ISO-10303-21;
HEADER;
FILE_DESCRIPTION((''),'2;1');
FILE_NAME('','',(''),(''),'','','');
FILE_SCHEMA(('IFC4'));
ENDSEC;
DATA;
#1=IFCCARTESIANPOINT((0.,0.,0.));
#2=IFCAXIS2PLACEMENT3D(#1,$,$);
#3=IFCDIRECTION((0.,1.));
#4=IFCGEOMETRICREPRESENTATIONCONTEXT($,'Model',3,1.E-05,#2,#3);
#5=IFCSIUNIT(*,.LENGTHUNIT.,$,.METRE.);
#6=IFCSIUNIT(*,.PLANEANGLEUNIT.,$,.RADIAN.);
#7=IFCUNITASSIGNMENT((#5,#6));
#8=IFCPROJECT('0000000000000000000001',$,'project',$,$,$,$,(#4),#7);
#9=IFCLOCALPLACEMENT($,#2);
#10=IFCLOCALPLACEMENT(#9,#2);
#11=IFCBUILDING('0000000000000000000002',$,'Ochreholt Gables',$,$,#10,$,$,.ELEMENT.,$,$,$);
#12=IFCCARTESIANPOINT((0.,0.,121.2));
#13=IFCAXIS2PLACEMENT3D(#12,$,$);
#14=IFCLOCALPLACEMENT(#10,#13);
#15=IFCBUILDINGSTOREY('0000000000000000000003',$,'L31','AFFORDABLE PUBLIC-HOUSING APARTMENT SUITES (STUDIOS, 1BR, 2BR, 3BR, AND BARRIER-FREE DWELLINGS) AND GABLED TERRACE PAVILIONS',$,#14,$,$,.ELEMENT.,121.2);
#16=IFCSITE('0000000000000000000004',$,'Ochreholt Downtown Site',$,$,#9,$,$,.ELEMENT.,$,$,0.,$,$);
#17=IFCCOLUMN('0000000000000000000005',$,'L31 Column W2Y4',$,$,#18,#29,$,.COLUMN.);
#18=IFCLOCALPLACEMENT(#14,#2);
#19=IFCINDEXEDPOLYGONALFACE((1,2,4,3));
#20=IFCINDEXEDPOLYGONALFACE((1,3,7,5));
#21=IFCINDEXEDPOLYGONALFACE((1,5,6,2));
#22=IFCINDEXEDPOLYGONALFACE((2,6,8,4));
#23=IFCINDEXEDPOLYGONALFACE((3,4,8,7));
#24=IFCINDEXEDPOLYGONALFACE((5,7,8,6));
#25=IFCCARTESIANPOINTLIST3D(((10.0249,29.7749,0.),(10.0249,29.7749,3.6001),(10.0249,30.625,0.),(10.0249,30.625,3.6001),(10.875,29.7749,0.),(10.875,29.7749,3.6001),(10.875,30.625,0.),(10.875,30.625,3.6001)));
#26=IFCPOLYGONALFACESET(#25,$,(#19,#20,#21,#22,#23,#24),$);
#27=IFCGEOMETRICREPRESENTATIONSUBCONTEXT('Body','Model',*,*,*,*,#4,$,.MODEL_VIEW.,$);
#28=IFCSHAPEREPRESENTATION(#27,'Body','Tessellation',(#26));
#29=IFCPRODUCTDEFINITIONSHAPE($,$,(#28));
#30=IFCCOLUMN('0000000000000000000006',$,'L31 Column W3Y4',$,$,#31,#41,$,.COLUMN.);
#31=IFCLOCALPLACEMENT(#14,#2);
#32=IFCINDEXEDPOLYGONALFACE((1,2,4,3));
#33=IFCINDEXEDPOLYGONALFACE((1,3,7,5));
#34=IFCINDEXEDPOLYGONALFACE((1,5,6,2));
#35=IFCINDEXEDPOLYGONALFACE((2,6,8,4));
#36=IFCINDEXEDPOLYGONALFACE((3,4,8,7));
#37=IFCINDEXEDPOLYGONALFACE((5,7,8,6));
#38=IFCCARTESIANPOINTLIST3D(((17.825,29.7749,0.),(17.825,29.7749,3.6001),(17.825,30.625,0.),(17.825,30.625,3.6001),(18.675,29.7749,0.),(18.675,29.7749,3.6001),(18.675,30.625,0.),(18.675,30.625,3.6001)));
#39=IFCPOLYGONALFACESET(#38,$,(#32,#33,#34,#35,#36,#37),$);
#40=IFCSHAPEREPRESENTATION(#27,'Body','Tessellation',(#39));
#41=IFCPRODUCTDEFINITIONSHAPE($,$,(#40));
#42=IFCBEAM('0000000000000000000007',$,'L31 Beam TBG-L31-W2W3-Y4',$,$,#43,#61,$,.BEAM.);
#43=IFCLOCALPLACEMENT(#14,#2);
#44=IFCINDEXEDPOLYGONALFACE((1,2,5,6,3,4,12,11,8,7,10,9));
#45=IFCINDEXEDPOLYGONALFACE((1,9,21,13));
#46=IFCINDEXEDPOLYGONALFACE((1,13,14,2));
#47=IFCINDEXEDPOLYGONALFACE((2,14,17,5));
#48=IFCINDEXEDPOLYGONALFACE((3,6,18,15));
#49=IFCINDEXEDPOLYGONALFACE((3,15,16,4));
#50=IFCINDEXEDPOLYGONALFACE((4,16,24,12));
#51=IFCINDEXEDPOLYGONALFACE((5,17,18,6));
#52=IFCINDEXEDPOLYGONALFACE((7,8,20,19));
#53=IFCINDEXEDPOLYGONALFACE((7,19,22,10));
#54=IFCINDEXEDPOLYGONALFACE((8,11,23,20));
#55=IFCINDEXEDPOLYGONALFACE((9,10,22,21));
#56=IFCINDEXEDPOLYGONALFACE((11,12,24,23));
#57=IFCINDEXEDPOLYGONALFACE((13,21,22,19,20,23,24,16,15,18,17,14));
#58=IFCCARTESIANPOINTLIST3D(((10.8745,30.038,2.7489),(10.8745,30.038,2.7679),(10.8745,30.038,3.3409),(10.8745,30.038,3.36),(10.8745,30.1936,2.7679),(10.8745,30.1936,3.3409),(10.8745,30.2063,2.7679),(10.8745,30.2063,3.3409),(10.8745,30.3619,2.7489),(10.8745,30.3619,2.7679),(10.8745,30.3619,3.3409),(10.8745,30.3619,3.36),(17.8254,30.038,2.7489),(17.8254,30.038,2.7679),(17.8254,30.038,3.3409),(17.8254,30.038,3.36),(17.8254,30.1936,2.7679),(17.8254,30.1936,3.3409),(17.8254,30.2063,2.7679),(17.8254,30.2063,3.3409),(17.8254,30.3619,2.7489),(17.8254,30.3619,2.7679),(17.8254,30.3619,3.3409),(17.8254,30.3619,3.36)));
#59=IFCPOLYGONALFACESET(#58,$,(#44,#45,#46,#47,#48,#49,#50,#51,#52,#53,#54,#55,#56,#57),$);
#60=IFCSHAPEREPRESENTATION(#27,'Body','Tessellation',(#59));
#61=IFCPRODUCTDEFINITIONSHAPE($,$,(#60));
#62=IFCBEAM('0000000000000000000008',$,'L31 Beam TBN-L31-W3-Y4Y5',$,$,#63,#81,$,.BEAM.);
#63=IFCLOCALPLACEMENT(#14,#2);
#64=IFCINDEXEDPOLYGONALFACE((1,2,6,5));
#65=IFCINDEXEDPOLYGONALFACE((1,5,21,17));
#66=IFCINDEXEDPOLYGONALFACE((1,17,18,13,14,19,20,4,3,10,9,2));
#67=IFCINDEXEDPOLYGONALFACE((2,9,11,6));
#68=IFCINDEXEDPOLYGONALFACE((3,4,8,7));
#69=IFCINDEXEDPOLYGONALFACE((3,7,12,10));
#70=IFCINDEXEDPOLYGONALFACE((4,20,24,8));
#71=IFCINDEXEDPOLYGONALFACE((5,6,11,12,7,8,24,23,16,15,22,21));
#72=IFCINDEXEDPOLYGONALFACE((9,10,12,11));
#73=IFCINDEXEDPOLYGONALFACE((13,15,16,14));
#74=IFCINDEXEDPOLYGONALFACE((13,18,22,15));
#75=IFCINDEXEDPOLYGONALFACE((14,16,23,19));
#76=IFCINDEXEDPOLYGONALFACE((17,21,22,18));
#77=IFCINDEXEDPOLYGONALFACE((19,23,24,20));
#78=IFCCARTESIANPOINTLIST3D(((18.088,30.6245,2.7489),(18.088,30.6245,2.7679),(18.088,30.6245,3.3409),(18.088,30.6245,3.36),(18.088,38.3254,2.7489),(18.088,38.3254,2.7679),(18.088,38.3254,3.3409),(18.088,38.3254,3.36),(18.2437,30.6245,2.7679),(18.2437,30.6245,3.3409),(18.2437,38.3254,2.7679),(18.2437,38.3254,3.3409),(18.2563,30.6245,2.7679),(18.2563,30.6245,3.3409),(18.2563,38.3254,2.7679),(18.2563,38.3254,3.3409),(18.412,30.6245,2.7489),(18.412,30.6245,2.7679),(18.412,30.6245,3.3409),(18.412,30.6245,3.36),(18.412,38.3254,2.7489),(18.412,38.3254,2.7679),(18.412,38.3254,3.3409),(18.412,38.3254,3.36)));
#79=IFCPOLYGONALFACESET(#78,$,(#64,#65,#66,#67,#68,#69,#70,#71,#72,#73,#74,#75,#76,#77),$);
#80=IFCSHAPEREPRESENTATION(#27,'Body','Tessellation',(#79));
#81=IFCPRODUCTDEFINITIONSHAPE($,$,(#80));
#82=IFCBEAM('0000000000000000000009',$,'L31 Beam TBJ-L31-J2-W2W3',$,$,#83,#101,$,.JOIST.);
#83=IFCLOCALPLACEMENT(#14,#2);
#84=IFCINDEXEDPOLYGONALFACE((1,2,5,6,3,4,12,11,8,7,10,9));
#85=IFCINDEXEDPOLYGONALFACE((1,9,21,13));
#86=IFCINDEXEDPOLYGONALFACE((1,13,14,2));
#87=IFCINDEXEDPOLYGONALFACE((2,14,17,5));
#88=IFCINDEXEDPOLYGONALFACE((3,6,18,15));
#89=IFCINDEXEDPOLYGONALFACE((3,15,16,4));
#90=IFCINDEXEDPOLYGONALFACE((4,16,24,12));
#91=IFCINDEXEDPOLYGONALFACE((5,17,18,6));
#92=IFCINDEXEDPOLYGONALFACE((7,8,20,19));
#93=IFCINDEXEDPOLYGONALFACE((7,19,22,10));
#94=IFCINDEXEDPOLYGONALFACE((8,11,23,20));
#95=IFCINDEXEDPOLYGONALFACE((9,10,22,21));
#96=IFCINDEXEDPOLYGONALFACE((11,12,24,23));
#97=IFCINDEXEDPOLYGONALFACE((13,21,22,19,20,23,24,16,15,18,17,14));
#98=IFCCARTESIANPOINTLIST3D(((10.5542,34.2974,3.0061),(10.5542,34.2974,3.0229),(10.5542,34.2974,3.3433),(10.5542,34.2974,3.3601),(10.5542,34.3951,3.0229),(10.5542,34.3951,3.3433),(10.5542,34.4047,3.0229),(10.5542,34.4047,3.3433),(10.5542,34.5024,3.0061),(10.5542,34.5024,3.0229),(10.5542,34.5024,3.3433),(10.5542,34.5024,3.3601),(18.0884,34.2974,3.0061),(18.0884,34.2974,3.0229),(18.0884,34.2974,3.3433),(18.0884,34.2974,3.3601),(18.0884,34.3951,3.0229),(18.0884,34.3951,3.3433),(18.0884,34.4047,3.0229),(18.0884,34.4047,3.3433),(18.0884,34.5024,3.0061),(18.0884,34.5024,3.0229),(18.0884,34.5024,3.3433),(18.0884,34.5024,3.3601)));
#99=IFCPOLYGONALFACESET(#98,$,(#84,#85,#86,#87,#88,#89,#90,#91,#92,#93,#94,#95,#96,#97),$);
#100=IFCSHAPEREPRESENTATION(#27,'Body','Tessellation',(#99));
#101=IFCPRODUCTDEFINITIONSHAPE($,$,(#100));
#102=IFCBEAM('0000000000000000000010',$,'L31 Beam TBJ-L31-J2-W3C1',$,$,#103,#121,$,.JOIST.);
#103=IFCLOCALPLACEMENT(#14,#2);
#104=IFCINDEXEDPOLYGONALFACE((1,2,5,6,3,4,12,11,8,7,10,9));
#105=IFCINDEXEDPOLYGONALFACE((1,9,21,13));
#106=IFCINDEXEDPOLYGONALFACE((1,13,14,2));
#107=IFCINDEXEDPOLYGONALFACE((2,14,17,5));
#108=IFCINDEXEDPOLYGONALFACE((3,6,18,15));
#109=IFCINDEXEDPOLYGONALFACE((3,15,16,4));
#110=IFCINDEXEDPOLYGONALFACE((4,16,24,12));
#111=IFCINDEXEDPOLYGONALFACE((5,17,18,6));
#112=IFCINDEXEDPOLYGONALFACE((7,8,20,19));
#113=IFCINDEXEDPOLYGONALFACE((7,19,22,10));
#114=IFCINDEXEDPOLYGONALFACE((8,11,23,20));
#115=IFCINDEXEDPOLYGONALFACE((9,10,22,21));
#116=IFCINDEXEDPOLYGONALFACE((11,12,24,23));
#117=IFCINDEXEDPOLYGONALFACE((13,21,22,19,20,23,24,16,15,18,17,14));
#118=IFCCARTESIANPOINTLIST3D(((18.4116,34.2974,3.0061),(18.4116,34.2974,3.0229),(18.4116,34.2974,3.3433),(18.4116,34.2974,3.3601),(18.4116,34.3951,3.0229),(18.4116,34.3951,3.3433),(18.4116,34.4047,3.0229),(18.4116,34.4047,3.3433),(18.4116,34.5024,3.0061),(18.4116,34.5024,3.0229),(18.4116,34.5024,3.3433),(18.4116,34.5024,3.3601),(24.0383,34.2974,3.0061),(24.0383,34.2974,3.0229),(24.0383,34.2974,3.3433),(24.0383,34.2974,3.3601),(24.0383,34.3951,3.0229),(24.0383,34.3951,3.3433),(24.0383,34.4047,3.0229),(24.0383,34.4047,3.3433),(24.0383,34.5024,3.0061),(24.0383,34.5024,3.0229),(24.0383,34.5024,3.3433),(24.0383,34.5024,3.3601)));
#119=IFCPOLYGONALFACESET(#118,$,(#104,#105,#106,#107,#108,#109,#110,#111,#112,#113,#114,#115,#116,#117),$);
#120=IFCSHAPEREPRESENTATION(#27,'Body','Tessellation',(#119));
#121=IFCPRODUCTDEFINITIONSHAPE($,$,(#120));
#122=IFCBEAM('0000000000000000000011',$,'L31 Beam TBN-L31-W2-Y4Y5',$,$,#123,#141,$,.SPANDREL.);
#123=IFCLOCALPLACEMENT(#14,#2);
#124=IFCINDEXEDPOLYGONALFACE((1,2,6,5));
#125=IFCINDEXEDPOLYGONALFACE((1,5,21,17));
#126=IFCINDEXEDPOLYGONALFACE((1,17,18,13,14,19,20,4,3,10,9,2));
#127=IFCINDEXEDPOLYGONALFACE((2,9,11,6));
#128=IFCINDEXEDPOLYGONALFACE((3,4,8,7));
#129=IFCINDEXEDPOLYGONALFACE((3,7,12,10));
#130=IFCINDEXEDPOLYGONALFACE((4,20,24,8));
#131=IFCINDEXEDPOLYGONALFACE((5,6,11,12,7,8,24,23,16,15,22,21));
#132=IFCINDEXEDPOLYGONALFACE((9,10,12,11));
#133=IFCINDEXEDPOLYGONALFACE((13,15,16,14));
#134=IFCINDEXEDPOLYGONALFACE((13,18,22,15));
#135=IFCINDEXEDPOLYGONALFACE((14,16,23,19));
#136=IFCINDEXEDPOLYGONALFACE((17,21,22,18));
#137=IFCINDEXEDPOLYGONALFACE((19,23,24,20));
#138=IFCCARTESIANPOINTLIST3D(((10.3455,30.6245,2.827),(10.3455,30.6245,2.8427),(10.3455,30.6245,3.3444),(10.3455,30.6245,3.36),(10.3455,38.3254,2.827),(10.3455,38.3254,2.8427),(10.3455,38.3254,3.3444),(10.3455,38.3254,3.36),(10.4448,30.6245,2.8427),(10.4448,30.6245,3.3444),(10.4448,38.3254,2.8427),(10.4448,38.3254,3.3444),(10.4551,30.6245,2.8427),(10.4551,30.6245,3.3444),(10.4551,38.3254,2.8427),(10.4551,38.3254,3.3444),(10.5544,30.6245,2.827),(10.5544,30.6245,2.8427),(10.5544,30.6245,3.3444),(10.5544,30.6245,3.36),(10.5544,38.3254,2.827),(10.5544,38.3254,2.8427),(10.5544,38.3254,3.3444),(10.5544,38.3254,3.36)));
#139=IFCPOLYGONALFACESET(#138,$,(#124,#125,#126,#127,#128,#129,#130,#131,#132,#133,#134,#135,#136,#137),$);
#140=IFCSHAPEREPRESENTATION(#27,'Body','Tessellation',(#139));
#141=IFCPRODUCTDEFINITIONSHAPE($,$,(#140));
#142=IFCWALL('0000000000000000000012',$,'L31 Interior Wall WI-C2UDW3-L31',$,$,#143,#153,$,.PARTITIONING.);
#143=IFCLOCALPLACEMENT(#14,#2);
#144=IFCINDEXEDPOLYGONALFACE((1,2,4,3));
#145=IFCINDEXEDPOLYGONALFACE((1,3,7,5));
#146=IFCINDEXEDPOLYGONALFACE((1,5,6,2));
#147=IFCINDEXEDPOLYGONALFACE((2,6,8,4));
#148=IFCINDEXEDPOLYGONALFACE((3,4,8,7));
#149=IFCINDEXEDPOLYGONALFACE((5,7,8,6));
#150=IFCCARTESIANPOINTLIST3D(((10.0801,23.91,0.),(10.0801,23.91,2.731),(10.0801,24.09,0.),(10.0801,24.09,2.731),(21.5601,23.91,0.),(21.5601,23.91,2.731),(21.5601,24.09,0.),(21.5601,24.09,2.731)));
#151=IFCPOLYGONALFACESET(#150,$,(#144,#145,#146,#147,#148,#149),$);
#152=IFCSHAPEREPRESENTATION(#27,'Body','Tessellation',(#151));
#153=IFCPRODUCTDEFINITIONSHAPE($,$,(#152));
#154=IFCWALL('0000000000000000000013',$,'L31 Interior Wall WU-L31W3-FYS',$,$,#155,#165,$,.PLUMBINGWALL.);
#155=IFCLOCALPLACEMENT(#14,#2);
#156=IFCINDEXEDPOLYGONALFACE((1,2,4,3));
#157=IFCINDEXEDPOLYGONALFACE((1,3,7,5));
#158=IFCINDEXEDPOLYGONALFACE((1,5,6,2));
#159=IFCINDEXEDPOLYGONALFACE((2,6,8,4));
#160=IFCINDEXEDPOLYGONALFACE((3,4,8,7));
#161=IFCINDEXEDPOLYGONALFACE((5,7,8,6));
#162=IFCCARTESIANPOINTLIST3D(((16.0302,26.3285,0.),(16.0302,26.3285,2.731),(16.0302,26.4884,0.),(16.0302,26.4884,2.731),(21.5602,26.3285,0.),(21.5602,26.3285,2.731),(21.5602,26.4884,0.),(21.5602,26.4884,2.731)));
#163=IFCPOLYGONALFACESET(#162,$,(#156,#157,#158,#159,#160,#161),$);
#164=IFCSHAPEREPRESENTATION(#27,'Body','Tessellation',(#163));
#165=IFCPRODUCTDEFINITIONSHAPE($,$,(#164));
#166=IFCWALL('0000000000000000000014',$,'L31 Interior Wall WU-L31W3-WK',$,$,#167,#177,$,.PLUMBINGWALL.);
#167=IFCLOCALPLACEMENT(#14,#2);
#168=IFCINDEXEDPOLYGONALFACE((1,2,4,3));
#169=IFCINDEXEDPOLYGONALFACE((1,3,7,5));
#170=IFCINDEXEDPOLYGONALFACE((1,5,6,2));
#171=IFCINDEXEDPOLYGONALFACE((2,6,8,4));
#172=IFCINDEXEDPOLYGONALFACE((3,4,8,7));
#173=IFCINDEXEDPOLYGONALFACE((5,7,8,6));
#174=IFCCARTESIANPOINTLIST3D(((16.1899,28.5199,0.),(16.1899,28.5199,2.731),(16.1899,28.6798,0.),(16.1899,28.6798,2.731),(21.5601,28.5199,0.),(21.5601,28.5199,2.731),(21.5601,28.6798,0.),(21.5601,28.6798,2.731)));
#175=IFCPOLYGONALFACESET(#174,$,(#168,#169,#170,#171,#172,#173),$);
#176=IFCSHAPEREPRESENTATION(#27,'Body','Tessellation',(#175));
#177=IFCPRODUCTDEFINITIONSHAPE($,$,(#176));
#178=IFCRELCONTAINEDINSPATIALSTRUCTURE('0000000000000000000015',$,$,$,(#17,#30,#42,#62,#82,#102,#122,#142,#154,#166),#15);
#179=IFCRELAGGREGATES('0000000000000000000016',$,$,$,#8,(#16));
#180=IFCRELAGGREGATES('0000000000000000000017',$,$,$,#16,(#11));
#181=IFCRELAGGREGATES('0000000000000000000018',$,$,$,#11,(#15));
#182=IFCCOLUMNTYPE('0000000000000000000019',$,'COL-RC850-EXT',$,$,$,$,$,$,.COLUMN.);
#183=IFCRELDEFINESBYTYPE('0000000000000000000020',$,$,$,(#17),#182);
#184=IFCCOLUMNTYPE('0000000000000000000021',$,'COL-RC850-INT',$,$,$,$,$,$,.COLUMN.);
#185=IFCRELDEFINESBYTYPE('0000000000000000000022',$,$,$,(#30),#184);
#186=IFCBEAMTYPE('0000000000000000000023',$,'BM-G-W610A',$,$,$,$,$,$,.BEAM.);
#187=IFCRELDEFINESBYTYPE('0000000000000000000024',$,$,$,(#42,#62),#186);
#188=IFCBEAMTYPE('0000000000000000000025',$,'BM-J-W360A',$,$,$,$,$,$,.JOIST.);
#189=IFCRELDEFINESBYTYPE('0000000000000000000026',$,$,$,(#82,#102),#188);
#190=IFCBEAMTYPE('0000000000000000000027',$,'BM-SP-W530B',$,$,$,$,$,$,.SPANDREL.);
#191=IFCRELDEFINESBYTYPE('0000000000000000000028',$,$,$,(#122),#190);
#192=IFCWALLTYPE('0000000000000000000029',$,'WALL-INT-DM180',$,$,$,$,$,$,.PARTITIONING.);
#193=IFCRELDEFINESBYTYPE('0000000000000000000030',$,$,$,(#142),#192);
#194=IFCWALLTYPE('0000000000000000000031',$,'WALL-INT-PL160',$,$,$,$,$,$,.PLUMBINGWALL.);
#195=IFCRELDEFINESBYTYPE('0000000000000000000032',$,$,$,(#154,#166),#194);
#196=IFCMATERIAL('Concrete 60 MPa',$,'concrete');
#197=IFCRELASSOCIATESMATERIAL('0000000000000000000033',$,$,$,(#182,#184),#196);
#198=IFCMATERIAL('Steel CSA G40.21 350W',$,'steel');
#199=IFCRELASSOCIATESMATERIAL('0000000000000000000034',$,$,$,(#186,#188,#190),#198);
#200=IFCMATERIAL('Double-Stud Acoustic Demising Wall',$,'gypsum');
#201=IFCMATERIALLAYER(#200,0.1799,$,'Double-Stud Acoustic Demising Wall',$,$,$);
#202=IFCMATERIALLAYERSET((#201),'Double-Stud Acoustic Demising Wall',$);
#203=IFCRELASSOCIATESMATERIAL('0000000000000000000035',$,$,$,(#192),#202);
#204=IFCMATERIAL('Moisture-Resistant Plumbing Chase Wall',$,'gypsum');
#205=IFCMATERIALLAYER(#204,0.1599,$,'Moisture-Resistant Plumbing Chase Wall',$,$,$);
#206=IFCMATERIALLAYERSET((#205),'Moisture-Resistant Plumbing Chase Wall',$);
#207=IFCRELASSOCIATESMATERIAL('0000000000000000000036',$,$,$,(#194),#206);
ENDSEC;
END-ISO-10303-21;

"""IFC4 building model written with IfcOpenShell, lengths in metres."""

from ifc_helpers import new_model, si_unit, direction, frame, frame_2d, origin, origin_2d, place, context, subcontext, project, spatial, rectangle, i_section, extrude, material, layer, layer_set, material_profile, profile_set, type_object, element, save


model = new_model("IFC4")

# Units and contexts
model_context = context("Model", 3, precision=1e-05, world=origin(), true_north=direction((0.0, 1.0)))
body_context = subcontext(model_context, "Body", "Model", "MODEL_VIEW")
ifc_project = project(units=[si_unit("LENGTHUNIT", "METRE"), si_unit("PLANEANGLEUNIT", "RADIAN")], contexts=[model_context])

# Site, building, storey
site_placement = place(None, origin())
site = spatial("IfcSite", under=ifc_project, at=site_placement, Name="Ochreholt Downtown Site", CompositionType="ELEMENT", RefElevation=0.0)
building_placement = place(site_placement, origin())
building = spatial("IfcBuilding", under=site, at=building_placement, Name="Ochreholt Gables", CompositionType="ELEMENT")
storey_placement = place(building_placement, frame((0.0, 0.0, 121.2)))
storey = spatial("IfcBuildingStorey", under=building, at=storey_placement, Name="L31", Description="AFFORDABLE PUBLIC-HOUSING APARTMENT SUITES (STUDIOS, 1BR, 2BR, 3BR, AND BARRIER-FREE DWELLINGS) AND GABLED TERRACE PAVILIONS", CompositionType="ELEMENT", Elevation=121.2)

# Columns
ifc_material_1 = material(Name="Concrete 60 MPa", Category="concrete")
ifc_material_profile_1 = material_profile(ifc_material_1, rectangle(XDim=0.8501, YDim=0.8501, at=origin_2d()), Name="RC850X850")
ifc_profile_set_1 = profile_set([ifc_material_profile_1], Name="Concrete 60 MPa")
column_type_1 = type_object("IfcColumnType", Name="COL-RC850-EXT", PredefinedType="COLUMN", material=ifc_profile_set_1)
column_1_placement = place(storey_placement, frame((10.45, 30.2, 0.0), z_axis=(0.0, 0.0, 1.0), x_axis=(1.0, 0.0, 0.0)))
element("IfcColumn", 1, at=column_1_placement, inside=storey, type_object=column_type_1, Name="L31 Column W2Y4", PredefinedType="COLUMN", context=body_context, shape_type="SweptSolid", body=[
    extrude(rectangle(XDim=0.8501, YDim=0.8501, at=origin_2d()), origin(), (0.0, 0.0, 1.0), 3.6001),
])
ifc_material_profile_2 = material_profile(ifc_material_1, rectangle(XDim=0.8501, YDim=0.8501, at=origin_2d()), Name="RC850X850")
ifc_profile_set_2 = profile_set([ifc_material_profile_2], Name="Concrete 60 MPa")
column_type_2 = type_object("IfcColumnType", Name="COL-RC850-INT", PredefinedType="COLUMN", material=ifc_profile_set_2)
column_2_placement = place(storey_placement, frame((18.25, 30.2, 0.0), z_axis=(0.0, 0.0, 1.0), x_axis=(1.0, 0.0, 0.0)))
element("IfcColumn", 2, at=column_2_placement, inside=storey, type_object=column_type_2, Name="L31 Column W3Y4", PredefinedType="COLUMN", context=body_context, shape_type="SweptSolid", body=[
    extrude(rectangle(XDim=0.8501, YDim=0.8501, at=origin_2d()), origin(), (0.0, 0.0, 1.0), 3.6001),
])

# Beams
ifc_material_2 = material(Name="Steel CSA G40.21 350W", Category="steel")
ifc_material_profile_3 = material_profile(ifc_material_2, i_section(OverallWidth=0.324, OverallDepth=0.6111, WebThickness=0.0127, FlangeThickness=0.019, at=origin_2d()), Name="W610X155")
ifc_profile_set_3 = profile_set([ifc_material_profile_3], Name="Steel CSA G40.21 350W")
beam_type_1 = type_object("IfcBeamType", Name="BM-G-W610A", PredefinedType="BEAM", material=ifc_profile_set_3)
beam_1_placement = place(storey_placement, frame((10.8745, 30.2, 3.0544), z_axis=(1.0, 0.0, 0.0), x_axis=(0.0, 1.0, 0.0)))
element("IfcBeam", 3, at=beam_1_placement, inside=storey, type_object=beam_type_1, Name="L31 Beam TBG-L31-W2W3-Y4", PredefinedType="BEAM", context=body_context, shape_type="SweptSolid", body=[
    extrude(i_section(OverallWidth=0.324, OverallDepth=0.6111, WebThickness=0.0127, FlangeThickness=0.019, at=origin_2d()), origin(), (0.0, 0.0, 1.0), 6.9509),
])
beam_2_placement = place(storey_placement, frame((18.25, 30.6245, 3.0544), z_axis=(0.0, 1.0, 0.0), x_axis=(-1.0, 0.0, 0.0)))
element("IfcBeam", 4, at=beam_2_placement, inside=storey, type_object=beam_type_1, Name="L31 Beam TBN-L31-W3-Y4Y5", PredefinedType="BEAM", context=body_context, shape_type="SweptSolid", body=[
    extrude(i_section(OverallWidth=0.324, OverallDepth=0.6111, WebThickness=0.0127, FlangeThickness=0.019, at=origin_2d()), origin(), (0.0, 0.0, 1.0), 7.7009),
])
ifc_material_profile_4 = material_profile(ifc_material_2, i_section(OverallWidth=0.2051, OverallDepth=0.354, WebThickness=0.0095, FlangeThickness=0.0168, at=origin_2d()), Name="W360X79")
ifc_profile_set_4 = profile_set([ifc_material_profile_4], Name="Steel CSA G40.21 350W")
beam_type_2 = type_object("IfcBeamType", Name="BM-J-W360A", PredefinedType="JOIST", material=ifc_profile_set_4)
beam_3_placement = place(storey_placement, frame((10.5542, 34.3999, 3.1831), z_axis=(1.0, 0.0, 0.0), x_axis=(0.0, 1.0, 0.0)))
element("IfcBeam", 5, at=beam_3_placement, inside=storey, type_object=beam_type_2, Name="L31 Beam TBJ-L31-J2-W2W3", PredefinedType="JOIST", context=body_context, shape_type="SweptSolid", body=[
    extrude(i_section(OverallWidth=0.2051, OverallDepth=0.354, WebThickness=0.0095, FlangeThickness=0.0168, at=origin_2d()), origin(), (0.0, 0.0, 1.0), 7.5342),
])
beam_4_placement = place(storey_placement, frame((18.4116, 34.3999, 3.1831), z_axis=(1.0, 0.0, 0.0), x_axis=(0.0, 1.0, 0.0)))
element("IfcBeam", 6, at=beam_4_placement, inside=storey, type_object=beam_type_2, Name="L31 Beam TBJ-L31-J2-W3C1", PredefinedType="JOIST", context=body_context, shape_type="SweptSolid", body=[
    extrude(i_section(OverallWidth=0.2051, OverallDepth=0.354, WebThickness=0.0095, FlangeThickness=0.0168, at=origin_2d()), origin(), (0.0, 0.0, 1.0), 5.6267),
])
ifc_material_profile_5 = material_profile(ifc_material_2, i_section(OverallWidth=0.209, OverallDepth=0.533, WebThickness=0.0103, FlangeThickness=0.0156, at=origin_2d()), Name="W530X92")
ifc_profile_set_5 = profile_set([ifc_material_profile_5], Name="Steel CSA G40.21 350W")
beam_type_3 = type_object("IfcBeamType", Name="BM-SP-W530B", PredefinedType="SPANDREL", material=ifc_profile_set_5)
beam_5_placement = place(storey_placement, frame((10.45, 30.6245, 3.0935), z_axis=(0.0, 1.0, 0.0), x_axis=(-1.0, 0.0, 0.0)))
element("IfcBeam", 7, at=beam_5_placement, inside=storey, type_object=beam_type_3, Name="L31 Beam TBN-L31-W2-Y4Y5", PredefinedType="SPANDREL", context=body_context, shape_type="SweptSolid", body=[
    extrude(i_section(OverallWidth=0.209, OverallDepth=0.533, WebThickness=0.0103, FlangeThickness=0.0156, at=origin_2d()), origin(), (0.0, 0.0, 1.0), 7.7009),
])

# Walls
ifc_material_3 = material(Name="Double-Stud Acoustic Demising Wall", Category="gypsum")
ifc_layer_1 = layer(ifc_material_3, 0.1799, Name="Double-Stud Acoustic Demising Wall")
ifc_layer_set_1 = layer_set([ifc_layer_1], Name="Double-Stud Acoustic Demising Wall")
wall_type_1 = type_object("IfcWallType", Name="WALL-INT-DM180", PredefinedType="PARTITIONING", material=ifc_layer_set_1)
wall_1_placement = place(storey_placement, frame((10.0801, 24.0, 0.0), z_axis=(0.0, 0.0, 1.0), x_axis=(1.0, 0.0, 0.0)))
element("IfcWall", 8, at=wall_1_placement, inside=storey, type_object=wall_type_1, Name="L31 Interior Wall WI-C2UDW3-L31", PredefinedType="PARTITIONING", context=body_context, shape_type="SweptSolid", body=[
    extrude(rectangle(XDim=11.48, YDim=0.1799, at=frame_2d((5.74, 0.0))), origin(), (0.0, 0.0, 1.0), 2.731),
])
ifc_material_4 = material(Name="Moisture-Resistant Plumbing Chase Wall", Category="gypsum")
ifc_layer_2 = layer(ifc_material_4, 0.1599, Name="Moisture-Resistant Plumbing Chase Wall")
ifc_layer_set_2 = layer_set([ifc_layer_2], Name="Moisture-Resistant Plumbing Chase Wall")
wall_type_2 = type_object("IfcWallType", Name="WALL-INT-PL160", PredefinedType="PLUMBINGWALL", material=ifc_layer_set_2)
wall_2_placement = place(storey_placement, frame((16.03, 26.4084, 0.0), z_axis=(0.0, 0.0, 1.0), x_axis=(1.0, 0.0, 0.0)))
element("IfcWall", 9, at=wall_2_placement, inside=storey, type_object=wall_type_2, Name="L31 Interior Wall WU-L31W3-FYS", PredefinedType="PLUMBINGWALL", context=body_context, shape_type="SweptSolid", body=[
    extrude(rectangle(XDim=5.53, YDim=0.1599, at=frame_2d((2.7651, 0.0))), origin(), (0.0, 0.0, 1.0), 2.731),
])

# Wall
wall_3_placement = place(storey_placement, frame((16.1899, 28.5999, 0.0), z_axis=(0.0, 0.0, 1.0), x_axis=(1.0, 0.0, 0.0)))
element("IfcWall", 10, at=wall_3_placement, inside=storey, type_object=wall_type_2, Name="L31 Interior Wall WU-L31W3-WK", PredefinedType="PLUMBINGWALL", context=body_context, shape_type="SweptSolid", body=[
    extrude(rectangle(XDim=5.3701, YDim=0.1599, at=frame_2d((2.6851, 0.0))), origin(), (0.0, 0.0, 1.0), 2.731),
])

save(model, "model.ifc")
